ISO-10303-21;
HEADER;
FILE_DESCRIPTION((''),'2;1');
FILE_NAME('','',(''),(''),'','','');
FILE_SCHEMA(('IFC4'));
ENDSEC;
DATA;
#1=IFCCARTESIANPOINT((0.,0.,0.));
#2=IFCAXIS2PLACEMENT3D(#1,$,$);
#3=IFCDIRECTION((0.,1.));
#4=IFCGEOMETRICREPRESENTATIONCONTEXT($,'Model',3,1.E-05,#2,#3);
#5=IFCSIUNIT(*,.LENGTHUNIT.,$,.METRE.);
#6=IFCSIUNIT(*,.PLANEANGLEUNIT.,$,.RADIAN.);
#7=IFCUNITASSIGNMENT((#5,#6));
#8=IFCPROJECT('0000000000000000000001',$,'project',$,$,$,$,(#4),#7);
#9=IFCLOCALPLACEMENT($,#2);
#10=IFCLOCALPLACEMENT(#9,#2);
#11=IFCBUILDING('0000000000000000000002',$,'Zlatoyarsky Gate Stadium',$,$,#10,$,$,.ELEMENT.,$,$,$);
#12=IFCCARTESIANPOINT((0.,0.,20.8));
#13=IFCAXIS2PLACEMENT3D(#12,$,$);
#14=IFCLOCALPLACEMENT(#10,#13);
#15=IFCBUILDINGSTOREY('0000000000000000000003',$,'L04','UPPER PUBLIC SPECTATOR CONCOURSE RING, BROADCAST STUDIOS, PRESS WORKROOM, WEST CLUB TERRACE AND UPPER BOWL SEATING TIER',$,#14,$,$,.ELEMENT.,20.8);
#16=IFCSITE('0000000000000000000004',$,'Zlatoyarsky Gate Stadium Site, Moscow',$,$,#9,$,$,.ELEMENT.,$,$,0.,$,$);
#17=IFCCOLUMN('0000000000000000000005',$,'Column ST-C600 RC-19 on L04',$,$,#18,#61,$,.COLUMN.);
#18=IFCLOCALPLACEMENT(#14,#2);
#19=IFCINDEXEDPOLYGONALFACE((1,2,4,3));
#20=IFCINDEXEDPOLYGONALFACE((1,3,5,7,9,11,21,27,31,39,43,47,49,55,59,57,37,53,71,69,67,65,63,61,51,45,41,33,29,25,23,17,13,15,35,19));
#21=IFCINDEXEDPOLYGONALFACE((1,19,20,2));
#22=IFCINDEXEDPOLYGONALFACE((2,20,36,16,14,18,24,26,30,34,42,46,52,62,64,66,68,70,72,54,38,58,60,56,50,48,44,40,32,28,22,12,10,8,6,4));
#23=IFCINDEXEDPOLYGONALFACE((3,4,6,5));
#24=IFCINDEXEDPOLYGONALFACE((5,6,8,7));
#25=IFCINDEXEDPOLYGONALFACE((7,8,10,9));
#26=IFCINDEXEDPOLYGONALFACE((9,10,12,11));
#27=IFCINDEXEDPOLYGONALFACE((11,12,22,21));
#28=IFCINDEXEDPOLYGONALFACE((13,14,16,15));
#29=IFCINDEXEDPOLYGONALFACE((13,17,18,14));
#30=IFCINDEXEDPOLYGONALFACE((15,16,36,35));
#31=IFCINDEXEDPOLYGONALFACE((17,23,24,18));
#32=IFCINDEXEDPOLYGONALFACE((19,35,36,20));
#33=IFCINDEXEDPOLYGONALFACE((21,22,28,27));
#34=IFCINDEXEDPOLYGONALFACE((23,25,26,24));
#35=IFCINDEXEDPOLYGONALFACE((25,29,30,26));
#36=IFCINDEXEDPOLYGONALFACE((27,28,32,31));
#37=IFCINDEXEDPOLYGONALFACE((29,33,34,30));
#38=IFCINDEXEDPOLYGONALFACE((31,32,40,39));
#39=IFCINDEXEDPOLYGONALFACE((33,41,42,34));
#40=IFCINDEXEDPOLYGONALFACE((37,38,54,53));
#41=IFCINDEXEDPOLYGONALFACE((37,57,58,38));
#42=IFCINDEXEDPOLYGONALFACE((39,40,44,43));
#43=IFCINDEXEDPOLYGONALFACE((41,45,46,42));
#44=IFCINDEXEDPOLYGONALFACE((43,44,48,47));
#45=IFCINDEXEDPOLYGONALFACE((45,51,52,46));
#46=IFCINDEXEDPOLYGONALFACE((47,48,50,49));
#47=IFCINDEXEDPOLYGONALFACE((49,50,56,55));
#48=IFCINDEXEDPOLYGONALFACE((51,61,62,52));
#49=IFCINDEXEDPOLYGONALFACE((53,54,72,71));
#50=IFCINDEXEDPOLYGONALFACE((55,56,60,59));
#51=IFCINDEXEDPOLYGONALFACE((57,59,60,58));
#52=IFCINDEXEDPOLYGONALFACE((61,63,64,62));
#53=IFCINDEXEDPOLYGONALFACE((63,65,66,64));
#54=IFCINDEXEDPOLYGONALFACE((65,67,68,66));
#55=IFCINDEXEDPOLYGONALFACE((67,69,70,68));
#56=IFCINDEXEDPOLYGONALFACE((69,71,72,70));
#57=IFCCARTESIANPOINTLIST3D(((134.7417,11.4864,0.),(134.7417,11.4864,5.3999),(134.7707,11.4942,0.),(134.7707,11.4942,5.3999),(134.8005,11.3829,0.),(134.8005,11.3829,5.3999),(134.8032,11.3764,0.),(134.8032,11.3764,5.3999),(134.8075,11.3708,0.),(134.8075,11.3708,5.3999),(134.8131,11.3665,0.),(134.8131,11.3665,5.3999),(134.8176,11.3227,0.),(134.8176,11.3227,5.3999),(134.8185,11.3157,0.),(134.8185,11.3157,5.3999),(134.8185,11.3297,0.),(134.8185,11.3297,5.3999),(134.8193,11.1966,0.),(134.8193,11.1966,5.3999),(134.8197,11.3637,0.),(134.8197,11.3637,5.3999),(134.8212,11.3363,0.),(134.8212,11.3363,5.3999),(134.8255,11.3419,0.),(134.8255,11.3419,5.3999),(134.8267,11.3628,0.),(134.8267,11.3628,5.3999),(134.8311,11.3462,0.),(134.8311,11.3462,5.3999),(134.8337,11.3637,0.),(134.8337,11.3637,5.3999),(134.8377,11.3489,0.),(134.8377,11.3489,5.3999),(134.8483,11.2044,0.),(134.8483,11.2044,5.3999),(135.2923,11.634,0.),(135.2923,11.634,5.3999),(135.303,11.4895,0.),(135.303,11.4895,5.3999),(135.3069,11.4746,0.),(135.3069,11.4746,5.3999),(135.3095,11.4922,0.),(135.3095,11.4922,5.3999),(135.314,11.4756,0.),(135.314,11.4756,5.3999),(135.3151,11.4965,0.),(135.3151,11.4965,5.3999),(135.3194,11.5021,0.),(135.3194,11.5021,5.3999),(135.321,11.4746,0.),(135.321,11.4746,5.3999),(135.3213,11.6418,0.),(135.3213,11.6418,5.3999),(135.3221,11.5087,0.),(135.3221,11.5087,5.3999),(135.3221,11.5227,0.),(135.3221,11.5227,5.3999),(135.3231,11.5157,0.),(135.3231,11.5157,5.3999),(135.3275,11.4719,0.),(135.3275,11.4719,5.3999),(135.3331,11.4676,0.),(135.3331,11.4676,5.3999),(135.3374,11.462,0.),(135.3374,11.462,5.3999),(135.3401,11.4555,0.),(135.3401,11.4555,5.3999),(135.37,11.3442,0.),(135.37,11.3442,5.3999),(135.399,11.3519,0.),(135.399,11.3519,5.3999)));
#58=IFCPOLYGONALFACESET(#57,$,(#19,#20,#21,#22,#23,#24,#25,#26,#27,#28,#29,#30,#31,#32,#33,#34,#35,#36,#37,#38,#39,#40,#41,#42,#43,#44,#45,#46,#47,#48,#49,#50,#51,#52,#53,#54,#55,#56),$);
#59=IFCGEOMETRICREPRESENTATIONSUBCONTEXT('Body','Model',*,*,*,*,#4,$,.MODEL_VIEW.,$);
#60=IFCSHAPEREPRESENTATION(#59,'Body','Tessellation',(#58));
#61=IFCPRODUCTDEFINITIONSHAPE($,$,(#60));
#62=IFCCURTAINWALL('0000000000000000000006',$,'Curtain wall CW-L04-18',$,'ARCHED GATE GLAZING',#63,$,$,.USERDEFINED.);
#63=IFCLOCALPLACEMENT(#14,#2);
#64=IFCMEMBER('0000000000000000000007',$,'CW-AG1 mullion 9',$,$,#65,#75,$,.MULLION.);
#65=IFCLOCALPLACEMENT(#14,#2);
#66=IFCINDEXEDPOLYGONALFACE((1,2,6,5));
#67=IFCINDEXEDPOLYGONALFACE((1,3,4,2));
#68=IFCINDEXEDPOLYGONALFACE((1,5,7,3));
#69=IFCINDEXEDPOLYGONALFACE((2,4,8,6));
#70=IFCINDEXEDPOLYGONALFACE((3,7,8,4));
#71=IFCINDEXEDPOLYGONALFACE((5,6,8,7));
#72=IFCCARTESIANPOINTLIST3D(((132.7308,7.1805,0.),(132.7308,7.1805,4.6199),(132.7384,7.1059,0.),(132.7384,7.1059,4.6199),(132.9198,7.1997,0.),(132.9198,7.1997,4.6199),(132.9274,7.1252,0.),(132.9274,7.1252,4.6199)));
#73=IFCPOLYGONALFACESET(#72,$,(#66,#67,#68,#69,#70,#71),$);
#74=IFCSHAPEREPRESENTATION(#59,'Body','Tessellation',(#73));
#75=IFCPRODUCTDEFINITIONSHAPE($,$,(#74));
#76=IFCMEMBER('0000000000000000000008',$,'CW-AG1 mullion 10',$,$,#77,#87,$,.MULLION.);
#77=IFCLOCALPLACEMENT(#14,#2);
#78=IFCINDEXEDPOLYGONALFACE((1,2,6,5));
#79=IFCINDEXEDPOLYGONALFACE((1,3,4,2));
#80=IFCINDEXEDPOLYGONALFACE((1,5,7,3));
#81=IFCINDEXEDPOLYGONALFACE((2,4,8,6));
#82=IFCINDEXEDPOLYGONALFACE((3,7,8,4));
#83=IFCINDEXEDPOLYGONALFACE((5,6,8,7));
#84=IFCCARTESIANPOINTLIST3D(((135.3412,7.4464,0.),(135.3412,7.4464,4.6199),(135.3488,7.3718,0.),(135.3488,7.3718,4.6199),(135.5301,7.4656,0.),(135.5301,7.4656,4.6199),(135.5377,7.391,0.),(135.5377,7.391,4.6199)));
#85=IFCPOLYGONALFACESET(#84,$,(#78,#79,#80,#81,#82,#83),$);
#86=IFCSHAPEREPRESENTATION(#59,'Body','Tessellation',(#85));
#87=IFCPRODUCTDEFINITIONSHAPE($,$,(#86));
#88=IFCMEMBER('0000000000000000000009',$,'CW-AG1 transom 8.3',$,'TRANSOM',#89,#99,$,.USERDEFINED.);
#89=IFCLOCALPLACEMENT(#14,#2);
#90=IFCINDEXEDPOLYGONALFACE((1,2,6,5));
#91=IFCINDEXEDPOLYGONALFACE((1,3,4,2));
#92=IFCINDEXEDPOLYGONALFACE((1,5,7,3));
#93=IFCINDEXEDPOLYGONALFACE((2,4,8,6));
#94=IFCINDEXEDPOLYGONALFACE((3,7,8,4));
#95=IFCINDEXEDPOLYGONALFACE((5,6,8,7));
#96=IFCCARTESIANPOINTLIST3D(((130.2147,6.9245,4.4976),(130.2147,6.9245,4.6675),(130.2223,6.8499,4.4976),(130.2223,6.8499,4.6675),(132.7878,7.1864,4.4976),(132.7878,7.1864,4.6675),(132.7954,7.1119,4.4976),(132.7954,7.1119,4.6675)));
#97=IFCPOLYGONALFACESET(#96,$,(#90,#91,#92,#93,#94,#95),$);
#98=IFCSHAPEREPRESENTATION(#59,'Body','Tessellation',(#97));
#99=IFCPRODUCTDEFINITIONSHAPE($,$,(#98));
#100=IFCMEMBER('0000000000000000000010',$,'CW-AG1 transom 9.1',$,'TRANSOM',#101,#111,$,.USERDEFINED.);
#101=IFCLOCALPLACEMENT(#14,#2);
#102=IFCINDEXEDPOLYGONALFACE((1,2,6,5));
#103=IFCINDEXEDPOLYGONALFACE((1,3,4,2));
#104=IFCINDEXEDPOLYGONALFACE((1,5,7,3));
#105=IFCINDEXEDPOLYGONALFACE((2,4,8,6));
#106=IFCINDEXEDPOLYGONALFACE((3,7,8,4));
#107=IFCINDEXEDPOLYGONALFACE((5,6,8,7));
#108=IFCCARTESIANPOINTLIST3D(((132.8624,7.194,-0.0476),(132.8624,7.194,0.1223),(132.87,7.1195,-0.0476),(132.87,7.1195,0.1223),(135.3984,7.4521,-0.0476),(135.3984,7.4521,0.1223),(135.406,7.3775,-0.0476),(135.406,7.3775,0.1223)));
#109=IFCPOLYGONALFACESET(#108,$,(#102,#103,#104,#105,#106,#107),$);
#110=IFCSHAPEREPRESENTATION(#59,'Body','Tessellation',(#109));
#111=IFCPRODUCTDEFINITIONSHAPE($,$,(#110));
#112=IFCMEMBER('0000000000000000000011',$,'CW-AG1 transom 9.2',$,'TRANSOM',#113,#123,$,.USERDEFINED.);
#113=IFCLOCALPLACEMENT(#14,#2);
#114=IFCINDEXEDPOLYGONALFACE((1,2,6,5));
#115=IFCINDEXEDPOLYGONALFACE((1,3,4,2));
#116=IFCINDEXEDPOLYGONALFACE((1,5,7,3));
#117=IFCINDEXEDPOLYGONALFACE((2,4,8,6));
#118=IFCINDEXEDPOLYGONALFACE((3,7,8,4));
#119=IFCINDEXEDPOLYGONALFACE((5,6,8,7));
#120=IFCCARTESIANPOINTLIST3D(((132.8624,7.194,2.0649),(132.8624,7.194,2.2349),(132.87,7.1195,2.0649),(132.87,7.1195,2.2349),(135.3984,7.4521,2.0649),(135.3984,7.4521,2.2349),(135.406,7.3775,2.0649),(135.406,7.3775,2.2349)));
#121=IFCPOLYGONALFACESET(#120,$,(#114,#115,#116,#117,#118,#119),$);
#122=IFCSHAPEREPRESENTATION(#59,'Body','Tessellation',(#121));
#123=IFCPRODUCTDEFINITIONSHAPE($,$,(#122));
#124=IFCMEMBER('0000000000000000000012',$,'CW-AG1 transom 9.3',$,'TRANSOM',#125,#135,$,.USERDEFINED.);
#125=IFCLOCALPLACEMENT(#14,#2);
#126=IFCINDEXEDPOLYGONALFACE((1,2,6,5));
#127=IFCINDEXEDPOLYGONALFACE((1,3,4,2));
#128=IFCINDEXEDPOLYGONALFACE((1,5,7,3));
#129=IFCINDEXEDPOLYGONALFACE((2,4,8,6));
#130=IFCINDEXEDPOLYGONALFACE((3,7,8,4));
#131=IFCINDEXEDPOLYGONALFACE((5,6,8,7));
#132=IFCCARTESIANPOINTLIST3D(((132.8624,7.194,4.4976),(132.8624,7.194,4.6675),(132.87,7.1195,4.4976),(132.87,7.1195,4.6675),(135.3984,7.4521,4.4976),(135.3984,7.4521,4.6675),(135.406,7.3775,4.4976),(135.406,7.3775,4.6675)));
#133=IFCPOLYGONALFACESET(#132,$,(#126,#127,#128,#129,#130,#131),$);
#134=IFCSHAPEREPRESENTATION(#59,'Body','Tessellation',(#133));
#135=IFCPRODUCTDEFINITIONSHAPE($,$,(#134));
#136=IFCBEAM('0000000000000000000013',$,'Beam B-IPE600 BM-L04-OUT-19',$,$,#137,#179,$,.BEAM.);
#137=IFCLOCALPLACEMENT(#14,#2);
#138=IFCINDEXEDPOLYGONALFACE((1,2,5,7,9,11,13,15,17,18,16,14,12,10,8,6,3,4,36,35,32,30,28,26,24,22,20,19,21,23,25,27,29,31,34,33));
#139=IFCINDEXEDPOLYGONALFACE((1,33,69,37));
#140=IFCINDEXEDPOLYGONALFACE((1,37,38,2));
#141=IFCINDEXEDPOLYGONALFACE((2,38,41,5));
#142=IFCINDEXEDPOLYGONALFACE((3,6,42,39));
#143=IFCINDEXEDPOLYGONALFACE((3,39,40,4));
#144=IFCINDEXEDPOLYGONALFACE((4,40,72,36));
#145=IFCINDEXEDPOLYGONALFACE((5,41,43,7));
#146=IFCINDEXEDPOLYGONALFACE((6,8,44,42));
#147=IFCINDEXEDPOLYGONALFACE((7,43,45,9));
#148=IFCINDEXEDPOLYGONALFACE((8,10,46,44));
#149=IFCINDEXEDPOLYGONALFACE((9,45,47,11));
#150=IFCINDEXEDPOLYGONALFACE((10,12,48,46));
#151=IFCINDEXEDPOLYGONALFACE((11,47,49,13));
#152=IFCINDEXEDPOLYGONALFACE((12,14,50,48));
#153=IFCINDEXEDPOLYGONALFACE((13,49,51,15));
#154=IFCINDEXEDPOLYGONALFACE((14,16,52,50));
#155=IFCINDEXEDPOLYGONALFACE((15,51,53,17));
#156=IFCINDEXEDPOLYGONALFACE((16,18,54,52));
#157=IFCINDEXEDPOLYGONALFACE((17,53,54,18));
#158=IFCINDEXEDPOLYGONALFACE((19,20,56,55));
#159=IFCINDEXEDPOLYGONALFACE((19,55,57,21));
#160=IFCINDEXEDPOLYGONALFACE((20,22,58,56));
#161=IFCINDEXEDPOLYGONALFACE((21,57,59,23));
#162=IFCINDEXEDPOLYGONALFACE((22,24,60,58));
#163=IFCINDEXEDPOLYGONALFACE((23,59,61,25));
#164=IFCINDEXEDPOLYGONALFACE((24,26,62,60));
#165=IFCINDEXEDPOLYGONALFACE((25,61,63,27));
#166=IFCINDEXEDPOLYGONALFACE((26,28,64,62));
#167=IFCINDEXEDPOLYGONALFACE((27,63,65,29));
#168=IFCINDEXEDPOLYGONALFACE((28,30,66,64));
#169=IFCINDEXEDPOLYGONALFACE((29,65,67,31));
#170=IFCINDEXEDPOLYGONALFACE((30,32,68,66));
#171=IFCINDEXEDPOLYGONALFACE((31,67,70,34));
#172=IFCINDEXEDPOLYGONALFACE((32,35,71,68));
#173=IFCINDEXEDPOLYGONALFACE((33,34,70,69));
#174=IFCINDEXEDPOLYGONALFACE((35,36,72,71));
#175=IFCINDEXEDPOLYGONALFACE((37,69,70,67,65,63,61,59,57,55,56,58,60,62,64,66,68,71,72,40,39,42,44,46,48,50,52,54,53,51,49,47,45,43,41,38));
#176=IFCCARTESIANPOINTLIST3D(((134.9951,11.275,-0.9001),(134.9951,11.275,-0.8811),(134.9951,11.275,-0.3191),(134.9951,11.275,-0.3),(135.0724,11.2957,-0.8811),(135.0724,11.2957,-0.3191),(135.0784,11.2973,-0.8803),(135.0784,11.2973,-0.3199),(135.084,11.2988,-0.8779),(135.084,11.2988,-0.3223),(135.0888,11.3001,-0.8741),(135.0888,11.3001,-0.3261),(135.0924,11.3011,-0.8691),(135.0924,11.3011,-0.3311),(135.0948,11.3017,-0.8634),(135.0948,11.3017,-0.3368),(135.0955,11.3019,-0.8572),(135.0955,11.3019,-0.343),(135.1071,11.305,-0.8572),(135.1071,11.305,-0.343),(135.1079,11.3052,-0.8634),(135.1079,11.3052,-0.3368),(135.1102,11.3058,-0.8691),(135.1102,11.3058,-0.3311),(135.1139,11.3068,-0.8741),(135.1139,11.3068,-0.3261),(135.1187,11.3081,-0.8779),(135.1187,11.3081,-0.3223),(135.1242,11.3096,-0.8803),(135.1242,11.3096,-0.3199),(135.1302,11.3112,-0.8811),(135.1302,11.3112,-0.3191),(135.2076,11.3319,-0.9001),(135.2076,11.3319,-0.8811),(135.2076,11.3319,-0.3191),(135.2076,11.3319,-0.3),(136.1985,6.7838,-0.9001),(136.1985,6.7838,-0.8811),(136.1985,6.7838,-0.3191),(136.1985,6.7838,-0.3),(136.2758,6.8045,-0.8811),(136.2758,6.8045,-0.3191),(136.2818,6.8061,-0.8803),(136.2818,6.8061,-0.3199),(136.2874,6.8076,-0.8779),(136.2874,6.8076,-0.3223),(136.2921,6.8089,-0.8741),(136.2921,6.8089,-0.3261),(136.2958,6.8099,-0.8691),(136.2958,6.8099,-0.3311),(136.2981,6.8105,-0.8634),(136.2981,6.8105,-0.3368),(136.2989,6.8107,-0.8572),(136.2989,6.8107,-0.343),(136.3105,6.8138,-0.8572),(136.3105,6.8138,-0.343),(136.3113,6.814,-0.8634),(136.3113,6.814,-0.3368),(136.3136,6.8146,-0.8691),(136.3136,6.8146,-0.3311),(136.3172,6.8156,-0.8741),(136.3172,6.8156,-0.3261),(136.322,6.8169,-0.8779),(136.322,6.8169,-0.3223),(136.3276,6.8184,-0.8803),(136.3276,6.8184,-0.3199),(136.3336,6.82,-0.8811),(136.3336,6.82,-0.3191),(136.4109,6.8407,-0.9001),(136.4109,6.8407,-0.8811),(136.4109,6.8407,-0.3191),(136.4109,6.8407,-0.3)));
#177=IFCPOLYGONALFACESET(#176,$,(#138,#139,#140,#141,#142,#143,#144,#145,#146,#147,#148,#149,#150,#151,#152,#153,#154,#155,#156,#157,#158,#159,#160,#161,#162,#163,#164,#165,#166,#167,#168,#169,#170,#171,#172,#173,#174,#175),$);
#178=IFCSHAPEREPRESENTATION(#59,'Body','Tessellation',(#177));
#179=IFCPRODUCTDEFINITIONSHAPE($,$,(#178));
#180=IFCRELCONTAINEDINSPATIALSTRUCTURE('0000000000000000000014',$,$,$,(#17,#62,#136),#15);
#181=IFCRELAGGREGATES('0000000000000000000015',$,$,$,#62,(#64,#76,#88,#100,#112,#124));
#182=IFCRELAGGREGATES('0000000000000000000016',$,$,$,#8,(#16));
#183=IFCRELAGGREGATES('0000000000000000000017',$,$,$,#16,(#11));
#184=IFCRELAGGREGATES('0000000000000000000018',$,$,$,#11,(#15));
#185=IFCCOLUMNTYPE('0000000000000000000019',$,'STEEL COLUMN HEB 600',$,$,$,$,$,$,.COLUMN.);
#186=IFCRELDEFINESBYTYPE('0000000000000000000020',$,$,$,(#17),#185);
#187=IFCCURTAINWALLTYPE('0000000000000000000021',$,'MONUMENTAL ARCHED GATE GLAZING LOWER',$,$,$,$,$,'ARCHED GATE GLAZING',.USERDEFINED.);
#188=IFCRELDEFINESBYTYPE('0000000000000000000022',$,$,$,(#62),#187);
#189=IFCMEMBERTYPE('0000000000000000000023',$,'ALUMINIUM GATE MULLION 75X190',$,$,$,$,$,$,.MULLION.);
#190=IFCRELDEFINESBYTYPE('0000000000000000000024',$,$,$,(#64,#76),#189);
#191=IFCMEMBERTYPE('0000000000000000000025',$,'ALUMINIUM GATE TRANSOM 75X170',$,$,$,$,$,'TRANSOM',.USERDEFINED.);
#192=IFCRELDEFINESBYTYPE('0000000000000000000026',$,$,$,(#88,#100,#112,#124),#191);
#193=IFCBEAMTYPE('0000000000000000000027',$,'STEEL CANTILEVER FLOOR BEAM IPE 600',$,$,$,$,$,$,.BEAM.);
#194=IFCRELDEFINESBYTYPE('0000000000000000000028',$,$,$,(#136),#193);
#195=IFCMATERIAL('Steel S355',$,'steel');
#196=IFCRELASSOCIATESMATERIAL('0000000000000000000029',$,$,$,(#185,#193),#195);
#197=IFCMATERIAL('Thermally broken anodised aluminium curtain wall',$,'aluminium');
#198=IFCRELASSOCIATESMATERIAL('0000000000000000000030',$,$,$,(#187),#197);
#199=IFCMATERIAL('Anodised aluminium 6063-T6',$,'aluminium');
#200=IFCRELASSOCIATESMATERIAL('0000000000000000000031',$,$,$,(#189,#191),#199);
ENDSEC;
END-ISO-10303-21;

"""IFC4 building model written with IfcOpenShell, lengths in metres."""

from ifc_helpers import new_model, si_unit, direction, frame, origin, origin_2d, place, context, subcontext, project, spatial, rectangle, i_section, extrude, material, material_profile, profile_set, type_object, element, aggregate, save


model = new_model("IFC4")

# Units and contexts
model_context = context("Model", 3, precision=1e-05, world=origin(), true_north=direction((0.0, 1.0)))
body_context = subcontext(model_context, "Body", "Model", "MODEL_VIEW")
ifc_project = project(units=[si_unit("LENGTHUNIT", "METRE"), si_unit("PLANEANGLEUNIT", "RADIAN")], contexts=[model_context])

# Site, building, storey
site_placement = place(None, origin())
site = spatial("IfcSite", under=ifc_project, at=site_placement, Name="Zlatoyarsky Gate Stadium Site, Moscow", CompositionType="ELEMENT", RefElevation=0.0)
building_placement = place(site_placement, origin())
building = spatial("IfcBuilding", under=site, at=building_placement, Name="Zlatoyarsky Gate Stadium", CompositionType="ELEMENT")
storey_placement = place(building_placement, frame((0.0, 0.0, 20.8)))
storey = spatial("IfcBuildingStorey", under=building, at=storey_placement, Name="L04", Description="UPPER PUBLIC SPECTATOR CONCOURSE RING, BROADCAST STUDIOS, PRESS WORKROOM, WEST CLUB TERRACE AND UPPER BOWL SEATING TIER", CompositionType="ELEMENT", Elevation=20.8)

# Column
ifc_material_1 = material(Name="Steel S355", Category="steel")
ifc_material_profile_1 = material_profile(ifc_material_1, i_section(OverallWidth=0.3, OverallDepth=0.6001, WebThickness=0.0154, FlangeThickness=0.03, FilletRadius=0.0271, at=origin_2d()), Name="HEB 600")
ifc_profile_set_1 = profile_set([ifc_material_profile_1], Name="Steel S355")
column_type = type_object("IfcColumnType", Name="STEEL COLUMN HEB 600", PredefinedType="COLUMN", material=ifc_profile_set_1)
column_placement = place(storey_placement, frame((135.0703, 11.4192, 0.0), z_axis=(0.0, 0.0, 1.0), x_axis=(0.258819, -0.965926, 0.0)))
element("IfcColumn", 1, at=column_placement, inside=storey, type_object=column_type, Name="Column ST-C600 RC-19 on L04", PredefinedType="COLUMN", context=body_context, shape_type="SweptSolid", body=[
    extrude(i_section(OverallWidth=0.3, OverallDepth=0.6001, WebThickness=0.0154, FlangeThickness=0.03, FilletRadius=0.0271, at=origin_2d()), origin(), (0.0, 0.0, 1.0), 5.3999),
])

# Curtain wall, members
ifc_material_2 = material(Name="Thermally broken anodised aluminium curtain wall", Category="aluminium")
curtain_wall_type = type_object("IfcCurtainWallType", Name="MONUMENTAL ARCHED GATE GLAZING LOWER", ElementType="ARCHED GATE GLAZING", PredefinedType="USERDEFINED", material=ifc_material_2)
curtain_wall_placement = place(storey_placement, origin())
curtain_wall = element("IfcCurtainWall", 2, at=curtain_wall_placement, inside=storey, type_object=curtain_wall_type, Name="Curtain wall CW-L04-18", ObjectType="ARCHED GATE GLAZING", PredefinedType="USERDEFINED")
ifc_material_3 = material(Name="Anodised aluminium 6063-T6", Category="aluminium")
ifc_material_profile_2 = material_profile(ifc_material_3, rectangle(XDim=0.075, YDim=0.1899, at=origin_2d()), Name="ALU 75X190")
ifc_profile_set_2 = profile_set([ifc_material_profile_2], Name="Anodised aluminium 6063-T6")
member_type_1 = type_object("IfcMemberType", Name="ALUMINIUM GATE MULLION 75X190", PredefinedType="MULLION", material=ifc_profile_set_2)
member_1_placement = place(storey_placement, frame((132.8291, 7.1528, 0.0), z_axis=(0.0, 0.0, 1.0), x_axis=(-0.101293, 0.994857, 0.0)))
member_1 = element("IfcMember", 3, at=member_1_placement, type_object=member_type_1, Name="CW-AG1 mullion 9", PredefinedType="MULLION", context=body_context, shape_type="SweptSolid", body=[
    extrude(rectangle(XDim=0.075, YDim=0.1899, at=origin_2d()), origin(), (0.0, 0.0, 1.0), 4.6199),
])
member_2_placement = place(storey_placement, frame((135.4395, 7.4187, 0.0), z_axis=(0.0, 0.0, 1.0), x_axis=(-0.101293, 0.994857, 0.0)))
member_2 = element("IfcMember", 4, at=member_2_placement, type_object=member_type_1, Name="CW-AG1 mullion 10", PredefinedType="MULLION", context=body_context, shape_type="SweptSolid", body=[
    extrude(rectangle(XDim=0.075, YDim=0.1899, at=origin_2d()), origin(), (0.0, 0.0, 1.0), 4.6199),
])
ifc_material_profile_3 = material_profile(ifc_material_3, rectangle(XDim=0.075, YDim=0.1699, at=origin_2d()), Name="ALU 75X170")
ifc_profile_set_3 = profile_set([ifc_material_profile_3], Name="Anodised aluminium 6063-T6")
member_type_2 = type_object("IfcMemberType", Name="ALUMINIUM GATE TRANSOM 75X170", ElementType="TRANSOM", PredefinedType="USERDEFINED", material=ifc_profile_set_3)
member_3_placement = place(storey_placement, frame((130.2185, 6.8872, 4.5825), z_axis=(0.994858, 0.101279, 0.0), x_axis=(-0.101279, 0.994858, 0.0)))
member_3 = element("IfcMember", 5, at=member_3_placement, type_object=member_type_2, Name="CW-AG1 transom 8.3", ObjectType="TRANSOM", PredefinedType="USERDEFINED", context=body_context, shape_type="SweptSolid", body=[
    extrude(rectangle(XDim=0.075, YDim=0.1699, at=origin_2d()), origin(), (0.0, 0.0, 1.0), 2.5864),
])
member_4_placement = place(storey_placement, frame((132.8662, 7.1567, 0.0374), z_axis=(0.994862, 0.101239, 0.0), x_axis=(-0.101239, 0.994862, 0.0)))
member_4 = element("IfcMember", 6, at=member_4_placement, type_object=member_type_2, Name="CW-AG1 transom 9.1", ObjectType="TRANSOM", PredefinedType="USERDEFINED", context=body_context, shape_type="SweptSolid", body=[
    extrude(rectangle(XDim=0.075, YDim=0.1699, at=origin_2d()), origin(), (0.0, 0.0, 1.0), 2.5491),
])
member_5_placement = place(storey_placement, frame((132.8662, 7.1567, 2.1499), z_axis=(0.994862, 0.101239, 0.0), x_axis=(-0.101239, 0.994862, 0.0)))
member_5 = element("IfcMember", 7, at=member_5_placement, type_object=member_type_2, Name="CW-AG1 transom 9.2", ObjectType="TRANSOM", PredefinedType="USERDEFINED", context=body_context, shape_type="SweptSolid", body=[
    extrude(rectangle(XDim=0.075, YDim=0.1699, at=origin_2d()), origin(), (0.0, 0.0, 1.0), 2.5491),
])
member_6_placement = place(storey_placement, frame((132.8662, 7.1567, 4.5825), z_axis=(0.994862, 0.101239, 0.0), x_axis=(-0.101239, 0.994862, 0.0)))
member_6 = element("IfcMember", 8, at=member_6_placement, type_object=member_type_2, Name="CW-AG1 transom 9.3", ObjectType="TRANSOM", PredefinedType="USERDEFINED", context=body_context, shape_type="SweptSolid", body=[
    extrude(rectangle(XDim=0.075, YDim=0.1699, at=origin_2d()), origin(), (0.0, 0.0, 1.0), 2.5491),
])

# Beam
ifc_material_profile_4 = material_profile(ifc_material_1, i_section(OverallWidth=0.22, OverallDepth=0.6001, WebThickness=0.012, FlangeThickness=0.019, FilletRadius=0.0239, at=origin_2d()), Name="IPE 600")
ifc_profile_set_4 = profile_set([ifc_material_profile_4], Name="Steel S355")
beam_type_1 = type_object("IfcBeamType", Name="STEEL CANTILEVER FLOOR BEAM IPE 600", PredefinedType="BEAM", material=ifc_profile_set_4)
beam_1_placement = place(storey_placement, frame((135.1013, 11.3035, -0.6001), z_axis=(0.25881, -0.965928, 0.0), x_axis=(0.965928, 0.25881, 0.0)))
element("IfcBeam", 9, at=beam_1_placement, inside=storey, type_object=beam_type_1, Name="Beam B-IPE600 BM-L04-OUT-19", PredefinedType="BEAM", context=body_context, shape_type="SweptSolid", body=[
    extrude(i_section(OverallWidth=0.22, OverallDepth=0.6001, WebThickness=0.012, FlangeThickness=0.019, FilletRadius=0.0239, at=origin_2d()), origin(), (0.0, 0.0, 1.0), 4.6497),
])

aggregate(curtain_wall, [member_1, member_2, member_3, member_4, member_5, member_6])

save(model, "model.ifc")
